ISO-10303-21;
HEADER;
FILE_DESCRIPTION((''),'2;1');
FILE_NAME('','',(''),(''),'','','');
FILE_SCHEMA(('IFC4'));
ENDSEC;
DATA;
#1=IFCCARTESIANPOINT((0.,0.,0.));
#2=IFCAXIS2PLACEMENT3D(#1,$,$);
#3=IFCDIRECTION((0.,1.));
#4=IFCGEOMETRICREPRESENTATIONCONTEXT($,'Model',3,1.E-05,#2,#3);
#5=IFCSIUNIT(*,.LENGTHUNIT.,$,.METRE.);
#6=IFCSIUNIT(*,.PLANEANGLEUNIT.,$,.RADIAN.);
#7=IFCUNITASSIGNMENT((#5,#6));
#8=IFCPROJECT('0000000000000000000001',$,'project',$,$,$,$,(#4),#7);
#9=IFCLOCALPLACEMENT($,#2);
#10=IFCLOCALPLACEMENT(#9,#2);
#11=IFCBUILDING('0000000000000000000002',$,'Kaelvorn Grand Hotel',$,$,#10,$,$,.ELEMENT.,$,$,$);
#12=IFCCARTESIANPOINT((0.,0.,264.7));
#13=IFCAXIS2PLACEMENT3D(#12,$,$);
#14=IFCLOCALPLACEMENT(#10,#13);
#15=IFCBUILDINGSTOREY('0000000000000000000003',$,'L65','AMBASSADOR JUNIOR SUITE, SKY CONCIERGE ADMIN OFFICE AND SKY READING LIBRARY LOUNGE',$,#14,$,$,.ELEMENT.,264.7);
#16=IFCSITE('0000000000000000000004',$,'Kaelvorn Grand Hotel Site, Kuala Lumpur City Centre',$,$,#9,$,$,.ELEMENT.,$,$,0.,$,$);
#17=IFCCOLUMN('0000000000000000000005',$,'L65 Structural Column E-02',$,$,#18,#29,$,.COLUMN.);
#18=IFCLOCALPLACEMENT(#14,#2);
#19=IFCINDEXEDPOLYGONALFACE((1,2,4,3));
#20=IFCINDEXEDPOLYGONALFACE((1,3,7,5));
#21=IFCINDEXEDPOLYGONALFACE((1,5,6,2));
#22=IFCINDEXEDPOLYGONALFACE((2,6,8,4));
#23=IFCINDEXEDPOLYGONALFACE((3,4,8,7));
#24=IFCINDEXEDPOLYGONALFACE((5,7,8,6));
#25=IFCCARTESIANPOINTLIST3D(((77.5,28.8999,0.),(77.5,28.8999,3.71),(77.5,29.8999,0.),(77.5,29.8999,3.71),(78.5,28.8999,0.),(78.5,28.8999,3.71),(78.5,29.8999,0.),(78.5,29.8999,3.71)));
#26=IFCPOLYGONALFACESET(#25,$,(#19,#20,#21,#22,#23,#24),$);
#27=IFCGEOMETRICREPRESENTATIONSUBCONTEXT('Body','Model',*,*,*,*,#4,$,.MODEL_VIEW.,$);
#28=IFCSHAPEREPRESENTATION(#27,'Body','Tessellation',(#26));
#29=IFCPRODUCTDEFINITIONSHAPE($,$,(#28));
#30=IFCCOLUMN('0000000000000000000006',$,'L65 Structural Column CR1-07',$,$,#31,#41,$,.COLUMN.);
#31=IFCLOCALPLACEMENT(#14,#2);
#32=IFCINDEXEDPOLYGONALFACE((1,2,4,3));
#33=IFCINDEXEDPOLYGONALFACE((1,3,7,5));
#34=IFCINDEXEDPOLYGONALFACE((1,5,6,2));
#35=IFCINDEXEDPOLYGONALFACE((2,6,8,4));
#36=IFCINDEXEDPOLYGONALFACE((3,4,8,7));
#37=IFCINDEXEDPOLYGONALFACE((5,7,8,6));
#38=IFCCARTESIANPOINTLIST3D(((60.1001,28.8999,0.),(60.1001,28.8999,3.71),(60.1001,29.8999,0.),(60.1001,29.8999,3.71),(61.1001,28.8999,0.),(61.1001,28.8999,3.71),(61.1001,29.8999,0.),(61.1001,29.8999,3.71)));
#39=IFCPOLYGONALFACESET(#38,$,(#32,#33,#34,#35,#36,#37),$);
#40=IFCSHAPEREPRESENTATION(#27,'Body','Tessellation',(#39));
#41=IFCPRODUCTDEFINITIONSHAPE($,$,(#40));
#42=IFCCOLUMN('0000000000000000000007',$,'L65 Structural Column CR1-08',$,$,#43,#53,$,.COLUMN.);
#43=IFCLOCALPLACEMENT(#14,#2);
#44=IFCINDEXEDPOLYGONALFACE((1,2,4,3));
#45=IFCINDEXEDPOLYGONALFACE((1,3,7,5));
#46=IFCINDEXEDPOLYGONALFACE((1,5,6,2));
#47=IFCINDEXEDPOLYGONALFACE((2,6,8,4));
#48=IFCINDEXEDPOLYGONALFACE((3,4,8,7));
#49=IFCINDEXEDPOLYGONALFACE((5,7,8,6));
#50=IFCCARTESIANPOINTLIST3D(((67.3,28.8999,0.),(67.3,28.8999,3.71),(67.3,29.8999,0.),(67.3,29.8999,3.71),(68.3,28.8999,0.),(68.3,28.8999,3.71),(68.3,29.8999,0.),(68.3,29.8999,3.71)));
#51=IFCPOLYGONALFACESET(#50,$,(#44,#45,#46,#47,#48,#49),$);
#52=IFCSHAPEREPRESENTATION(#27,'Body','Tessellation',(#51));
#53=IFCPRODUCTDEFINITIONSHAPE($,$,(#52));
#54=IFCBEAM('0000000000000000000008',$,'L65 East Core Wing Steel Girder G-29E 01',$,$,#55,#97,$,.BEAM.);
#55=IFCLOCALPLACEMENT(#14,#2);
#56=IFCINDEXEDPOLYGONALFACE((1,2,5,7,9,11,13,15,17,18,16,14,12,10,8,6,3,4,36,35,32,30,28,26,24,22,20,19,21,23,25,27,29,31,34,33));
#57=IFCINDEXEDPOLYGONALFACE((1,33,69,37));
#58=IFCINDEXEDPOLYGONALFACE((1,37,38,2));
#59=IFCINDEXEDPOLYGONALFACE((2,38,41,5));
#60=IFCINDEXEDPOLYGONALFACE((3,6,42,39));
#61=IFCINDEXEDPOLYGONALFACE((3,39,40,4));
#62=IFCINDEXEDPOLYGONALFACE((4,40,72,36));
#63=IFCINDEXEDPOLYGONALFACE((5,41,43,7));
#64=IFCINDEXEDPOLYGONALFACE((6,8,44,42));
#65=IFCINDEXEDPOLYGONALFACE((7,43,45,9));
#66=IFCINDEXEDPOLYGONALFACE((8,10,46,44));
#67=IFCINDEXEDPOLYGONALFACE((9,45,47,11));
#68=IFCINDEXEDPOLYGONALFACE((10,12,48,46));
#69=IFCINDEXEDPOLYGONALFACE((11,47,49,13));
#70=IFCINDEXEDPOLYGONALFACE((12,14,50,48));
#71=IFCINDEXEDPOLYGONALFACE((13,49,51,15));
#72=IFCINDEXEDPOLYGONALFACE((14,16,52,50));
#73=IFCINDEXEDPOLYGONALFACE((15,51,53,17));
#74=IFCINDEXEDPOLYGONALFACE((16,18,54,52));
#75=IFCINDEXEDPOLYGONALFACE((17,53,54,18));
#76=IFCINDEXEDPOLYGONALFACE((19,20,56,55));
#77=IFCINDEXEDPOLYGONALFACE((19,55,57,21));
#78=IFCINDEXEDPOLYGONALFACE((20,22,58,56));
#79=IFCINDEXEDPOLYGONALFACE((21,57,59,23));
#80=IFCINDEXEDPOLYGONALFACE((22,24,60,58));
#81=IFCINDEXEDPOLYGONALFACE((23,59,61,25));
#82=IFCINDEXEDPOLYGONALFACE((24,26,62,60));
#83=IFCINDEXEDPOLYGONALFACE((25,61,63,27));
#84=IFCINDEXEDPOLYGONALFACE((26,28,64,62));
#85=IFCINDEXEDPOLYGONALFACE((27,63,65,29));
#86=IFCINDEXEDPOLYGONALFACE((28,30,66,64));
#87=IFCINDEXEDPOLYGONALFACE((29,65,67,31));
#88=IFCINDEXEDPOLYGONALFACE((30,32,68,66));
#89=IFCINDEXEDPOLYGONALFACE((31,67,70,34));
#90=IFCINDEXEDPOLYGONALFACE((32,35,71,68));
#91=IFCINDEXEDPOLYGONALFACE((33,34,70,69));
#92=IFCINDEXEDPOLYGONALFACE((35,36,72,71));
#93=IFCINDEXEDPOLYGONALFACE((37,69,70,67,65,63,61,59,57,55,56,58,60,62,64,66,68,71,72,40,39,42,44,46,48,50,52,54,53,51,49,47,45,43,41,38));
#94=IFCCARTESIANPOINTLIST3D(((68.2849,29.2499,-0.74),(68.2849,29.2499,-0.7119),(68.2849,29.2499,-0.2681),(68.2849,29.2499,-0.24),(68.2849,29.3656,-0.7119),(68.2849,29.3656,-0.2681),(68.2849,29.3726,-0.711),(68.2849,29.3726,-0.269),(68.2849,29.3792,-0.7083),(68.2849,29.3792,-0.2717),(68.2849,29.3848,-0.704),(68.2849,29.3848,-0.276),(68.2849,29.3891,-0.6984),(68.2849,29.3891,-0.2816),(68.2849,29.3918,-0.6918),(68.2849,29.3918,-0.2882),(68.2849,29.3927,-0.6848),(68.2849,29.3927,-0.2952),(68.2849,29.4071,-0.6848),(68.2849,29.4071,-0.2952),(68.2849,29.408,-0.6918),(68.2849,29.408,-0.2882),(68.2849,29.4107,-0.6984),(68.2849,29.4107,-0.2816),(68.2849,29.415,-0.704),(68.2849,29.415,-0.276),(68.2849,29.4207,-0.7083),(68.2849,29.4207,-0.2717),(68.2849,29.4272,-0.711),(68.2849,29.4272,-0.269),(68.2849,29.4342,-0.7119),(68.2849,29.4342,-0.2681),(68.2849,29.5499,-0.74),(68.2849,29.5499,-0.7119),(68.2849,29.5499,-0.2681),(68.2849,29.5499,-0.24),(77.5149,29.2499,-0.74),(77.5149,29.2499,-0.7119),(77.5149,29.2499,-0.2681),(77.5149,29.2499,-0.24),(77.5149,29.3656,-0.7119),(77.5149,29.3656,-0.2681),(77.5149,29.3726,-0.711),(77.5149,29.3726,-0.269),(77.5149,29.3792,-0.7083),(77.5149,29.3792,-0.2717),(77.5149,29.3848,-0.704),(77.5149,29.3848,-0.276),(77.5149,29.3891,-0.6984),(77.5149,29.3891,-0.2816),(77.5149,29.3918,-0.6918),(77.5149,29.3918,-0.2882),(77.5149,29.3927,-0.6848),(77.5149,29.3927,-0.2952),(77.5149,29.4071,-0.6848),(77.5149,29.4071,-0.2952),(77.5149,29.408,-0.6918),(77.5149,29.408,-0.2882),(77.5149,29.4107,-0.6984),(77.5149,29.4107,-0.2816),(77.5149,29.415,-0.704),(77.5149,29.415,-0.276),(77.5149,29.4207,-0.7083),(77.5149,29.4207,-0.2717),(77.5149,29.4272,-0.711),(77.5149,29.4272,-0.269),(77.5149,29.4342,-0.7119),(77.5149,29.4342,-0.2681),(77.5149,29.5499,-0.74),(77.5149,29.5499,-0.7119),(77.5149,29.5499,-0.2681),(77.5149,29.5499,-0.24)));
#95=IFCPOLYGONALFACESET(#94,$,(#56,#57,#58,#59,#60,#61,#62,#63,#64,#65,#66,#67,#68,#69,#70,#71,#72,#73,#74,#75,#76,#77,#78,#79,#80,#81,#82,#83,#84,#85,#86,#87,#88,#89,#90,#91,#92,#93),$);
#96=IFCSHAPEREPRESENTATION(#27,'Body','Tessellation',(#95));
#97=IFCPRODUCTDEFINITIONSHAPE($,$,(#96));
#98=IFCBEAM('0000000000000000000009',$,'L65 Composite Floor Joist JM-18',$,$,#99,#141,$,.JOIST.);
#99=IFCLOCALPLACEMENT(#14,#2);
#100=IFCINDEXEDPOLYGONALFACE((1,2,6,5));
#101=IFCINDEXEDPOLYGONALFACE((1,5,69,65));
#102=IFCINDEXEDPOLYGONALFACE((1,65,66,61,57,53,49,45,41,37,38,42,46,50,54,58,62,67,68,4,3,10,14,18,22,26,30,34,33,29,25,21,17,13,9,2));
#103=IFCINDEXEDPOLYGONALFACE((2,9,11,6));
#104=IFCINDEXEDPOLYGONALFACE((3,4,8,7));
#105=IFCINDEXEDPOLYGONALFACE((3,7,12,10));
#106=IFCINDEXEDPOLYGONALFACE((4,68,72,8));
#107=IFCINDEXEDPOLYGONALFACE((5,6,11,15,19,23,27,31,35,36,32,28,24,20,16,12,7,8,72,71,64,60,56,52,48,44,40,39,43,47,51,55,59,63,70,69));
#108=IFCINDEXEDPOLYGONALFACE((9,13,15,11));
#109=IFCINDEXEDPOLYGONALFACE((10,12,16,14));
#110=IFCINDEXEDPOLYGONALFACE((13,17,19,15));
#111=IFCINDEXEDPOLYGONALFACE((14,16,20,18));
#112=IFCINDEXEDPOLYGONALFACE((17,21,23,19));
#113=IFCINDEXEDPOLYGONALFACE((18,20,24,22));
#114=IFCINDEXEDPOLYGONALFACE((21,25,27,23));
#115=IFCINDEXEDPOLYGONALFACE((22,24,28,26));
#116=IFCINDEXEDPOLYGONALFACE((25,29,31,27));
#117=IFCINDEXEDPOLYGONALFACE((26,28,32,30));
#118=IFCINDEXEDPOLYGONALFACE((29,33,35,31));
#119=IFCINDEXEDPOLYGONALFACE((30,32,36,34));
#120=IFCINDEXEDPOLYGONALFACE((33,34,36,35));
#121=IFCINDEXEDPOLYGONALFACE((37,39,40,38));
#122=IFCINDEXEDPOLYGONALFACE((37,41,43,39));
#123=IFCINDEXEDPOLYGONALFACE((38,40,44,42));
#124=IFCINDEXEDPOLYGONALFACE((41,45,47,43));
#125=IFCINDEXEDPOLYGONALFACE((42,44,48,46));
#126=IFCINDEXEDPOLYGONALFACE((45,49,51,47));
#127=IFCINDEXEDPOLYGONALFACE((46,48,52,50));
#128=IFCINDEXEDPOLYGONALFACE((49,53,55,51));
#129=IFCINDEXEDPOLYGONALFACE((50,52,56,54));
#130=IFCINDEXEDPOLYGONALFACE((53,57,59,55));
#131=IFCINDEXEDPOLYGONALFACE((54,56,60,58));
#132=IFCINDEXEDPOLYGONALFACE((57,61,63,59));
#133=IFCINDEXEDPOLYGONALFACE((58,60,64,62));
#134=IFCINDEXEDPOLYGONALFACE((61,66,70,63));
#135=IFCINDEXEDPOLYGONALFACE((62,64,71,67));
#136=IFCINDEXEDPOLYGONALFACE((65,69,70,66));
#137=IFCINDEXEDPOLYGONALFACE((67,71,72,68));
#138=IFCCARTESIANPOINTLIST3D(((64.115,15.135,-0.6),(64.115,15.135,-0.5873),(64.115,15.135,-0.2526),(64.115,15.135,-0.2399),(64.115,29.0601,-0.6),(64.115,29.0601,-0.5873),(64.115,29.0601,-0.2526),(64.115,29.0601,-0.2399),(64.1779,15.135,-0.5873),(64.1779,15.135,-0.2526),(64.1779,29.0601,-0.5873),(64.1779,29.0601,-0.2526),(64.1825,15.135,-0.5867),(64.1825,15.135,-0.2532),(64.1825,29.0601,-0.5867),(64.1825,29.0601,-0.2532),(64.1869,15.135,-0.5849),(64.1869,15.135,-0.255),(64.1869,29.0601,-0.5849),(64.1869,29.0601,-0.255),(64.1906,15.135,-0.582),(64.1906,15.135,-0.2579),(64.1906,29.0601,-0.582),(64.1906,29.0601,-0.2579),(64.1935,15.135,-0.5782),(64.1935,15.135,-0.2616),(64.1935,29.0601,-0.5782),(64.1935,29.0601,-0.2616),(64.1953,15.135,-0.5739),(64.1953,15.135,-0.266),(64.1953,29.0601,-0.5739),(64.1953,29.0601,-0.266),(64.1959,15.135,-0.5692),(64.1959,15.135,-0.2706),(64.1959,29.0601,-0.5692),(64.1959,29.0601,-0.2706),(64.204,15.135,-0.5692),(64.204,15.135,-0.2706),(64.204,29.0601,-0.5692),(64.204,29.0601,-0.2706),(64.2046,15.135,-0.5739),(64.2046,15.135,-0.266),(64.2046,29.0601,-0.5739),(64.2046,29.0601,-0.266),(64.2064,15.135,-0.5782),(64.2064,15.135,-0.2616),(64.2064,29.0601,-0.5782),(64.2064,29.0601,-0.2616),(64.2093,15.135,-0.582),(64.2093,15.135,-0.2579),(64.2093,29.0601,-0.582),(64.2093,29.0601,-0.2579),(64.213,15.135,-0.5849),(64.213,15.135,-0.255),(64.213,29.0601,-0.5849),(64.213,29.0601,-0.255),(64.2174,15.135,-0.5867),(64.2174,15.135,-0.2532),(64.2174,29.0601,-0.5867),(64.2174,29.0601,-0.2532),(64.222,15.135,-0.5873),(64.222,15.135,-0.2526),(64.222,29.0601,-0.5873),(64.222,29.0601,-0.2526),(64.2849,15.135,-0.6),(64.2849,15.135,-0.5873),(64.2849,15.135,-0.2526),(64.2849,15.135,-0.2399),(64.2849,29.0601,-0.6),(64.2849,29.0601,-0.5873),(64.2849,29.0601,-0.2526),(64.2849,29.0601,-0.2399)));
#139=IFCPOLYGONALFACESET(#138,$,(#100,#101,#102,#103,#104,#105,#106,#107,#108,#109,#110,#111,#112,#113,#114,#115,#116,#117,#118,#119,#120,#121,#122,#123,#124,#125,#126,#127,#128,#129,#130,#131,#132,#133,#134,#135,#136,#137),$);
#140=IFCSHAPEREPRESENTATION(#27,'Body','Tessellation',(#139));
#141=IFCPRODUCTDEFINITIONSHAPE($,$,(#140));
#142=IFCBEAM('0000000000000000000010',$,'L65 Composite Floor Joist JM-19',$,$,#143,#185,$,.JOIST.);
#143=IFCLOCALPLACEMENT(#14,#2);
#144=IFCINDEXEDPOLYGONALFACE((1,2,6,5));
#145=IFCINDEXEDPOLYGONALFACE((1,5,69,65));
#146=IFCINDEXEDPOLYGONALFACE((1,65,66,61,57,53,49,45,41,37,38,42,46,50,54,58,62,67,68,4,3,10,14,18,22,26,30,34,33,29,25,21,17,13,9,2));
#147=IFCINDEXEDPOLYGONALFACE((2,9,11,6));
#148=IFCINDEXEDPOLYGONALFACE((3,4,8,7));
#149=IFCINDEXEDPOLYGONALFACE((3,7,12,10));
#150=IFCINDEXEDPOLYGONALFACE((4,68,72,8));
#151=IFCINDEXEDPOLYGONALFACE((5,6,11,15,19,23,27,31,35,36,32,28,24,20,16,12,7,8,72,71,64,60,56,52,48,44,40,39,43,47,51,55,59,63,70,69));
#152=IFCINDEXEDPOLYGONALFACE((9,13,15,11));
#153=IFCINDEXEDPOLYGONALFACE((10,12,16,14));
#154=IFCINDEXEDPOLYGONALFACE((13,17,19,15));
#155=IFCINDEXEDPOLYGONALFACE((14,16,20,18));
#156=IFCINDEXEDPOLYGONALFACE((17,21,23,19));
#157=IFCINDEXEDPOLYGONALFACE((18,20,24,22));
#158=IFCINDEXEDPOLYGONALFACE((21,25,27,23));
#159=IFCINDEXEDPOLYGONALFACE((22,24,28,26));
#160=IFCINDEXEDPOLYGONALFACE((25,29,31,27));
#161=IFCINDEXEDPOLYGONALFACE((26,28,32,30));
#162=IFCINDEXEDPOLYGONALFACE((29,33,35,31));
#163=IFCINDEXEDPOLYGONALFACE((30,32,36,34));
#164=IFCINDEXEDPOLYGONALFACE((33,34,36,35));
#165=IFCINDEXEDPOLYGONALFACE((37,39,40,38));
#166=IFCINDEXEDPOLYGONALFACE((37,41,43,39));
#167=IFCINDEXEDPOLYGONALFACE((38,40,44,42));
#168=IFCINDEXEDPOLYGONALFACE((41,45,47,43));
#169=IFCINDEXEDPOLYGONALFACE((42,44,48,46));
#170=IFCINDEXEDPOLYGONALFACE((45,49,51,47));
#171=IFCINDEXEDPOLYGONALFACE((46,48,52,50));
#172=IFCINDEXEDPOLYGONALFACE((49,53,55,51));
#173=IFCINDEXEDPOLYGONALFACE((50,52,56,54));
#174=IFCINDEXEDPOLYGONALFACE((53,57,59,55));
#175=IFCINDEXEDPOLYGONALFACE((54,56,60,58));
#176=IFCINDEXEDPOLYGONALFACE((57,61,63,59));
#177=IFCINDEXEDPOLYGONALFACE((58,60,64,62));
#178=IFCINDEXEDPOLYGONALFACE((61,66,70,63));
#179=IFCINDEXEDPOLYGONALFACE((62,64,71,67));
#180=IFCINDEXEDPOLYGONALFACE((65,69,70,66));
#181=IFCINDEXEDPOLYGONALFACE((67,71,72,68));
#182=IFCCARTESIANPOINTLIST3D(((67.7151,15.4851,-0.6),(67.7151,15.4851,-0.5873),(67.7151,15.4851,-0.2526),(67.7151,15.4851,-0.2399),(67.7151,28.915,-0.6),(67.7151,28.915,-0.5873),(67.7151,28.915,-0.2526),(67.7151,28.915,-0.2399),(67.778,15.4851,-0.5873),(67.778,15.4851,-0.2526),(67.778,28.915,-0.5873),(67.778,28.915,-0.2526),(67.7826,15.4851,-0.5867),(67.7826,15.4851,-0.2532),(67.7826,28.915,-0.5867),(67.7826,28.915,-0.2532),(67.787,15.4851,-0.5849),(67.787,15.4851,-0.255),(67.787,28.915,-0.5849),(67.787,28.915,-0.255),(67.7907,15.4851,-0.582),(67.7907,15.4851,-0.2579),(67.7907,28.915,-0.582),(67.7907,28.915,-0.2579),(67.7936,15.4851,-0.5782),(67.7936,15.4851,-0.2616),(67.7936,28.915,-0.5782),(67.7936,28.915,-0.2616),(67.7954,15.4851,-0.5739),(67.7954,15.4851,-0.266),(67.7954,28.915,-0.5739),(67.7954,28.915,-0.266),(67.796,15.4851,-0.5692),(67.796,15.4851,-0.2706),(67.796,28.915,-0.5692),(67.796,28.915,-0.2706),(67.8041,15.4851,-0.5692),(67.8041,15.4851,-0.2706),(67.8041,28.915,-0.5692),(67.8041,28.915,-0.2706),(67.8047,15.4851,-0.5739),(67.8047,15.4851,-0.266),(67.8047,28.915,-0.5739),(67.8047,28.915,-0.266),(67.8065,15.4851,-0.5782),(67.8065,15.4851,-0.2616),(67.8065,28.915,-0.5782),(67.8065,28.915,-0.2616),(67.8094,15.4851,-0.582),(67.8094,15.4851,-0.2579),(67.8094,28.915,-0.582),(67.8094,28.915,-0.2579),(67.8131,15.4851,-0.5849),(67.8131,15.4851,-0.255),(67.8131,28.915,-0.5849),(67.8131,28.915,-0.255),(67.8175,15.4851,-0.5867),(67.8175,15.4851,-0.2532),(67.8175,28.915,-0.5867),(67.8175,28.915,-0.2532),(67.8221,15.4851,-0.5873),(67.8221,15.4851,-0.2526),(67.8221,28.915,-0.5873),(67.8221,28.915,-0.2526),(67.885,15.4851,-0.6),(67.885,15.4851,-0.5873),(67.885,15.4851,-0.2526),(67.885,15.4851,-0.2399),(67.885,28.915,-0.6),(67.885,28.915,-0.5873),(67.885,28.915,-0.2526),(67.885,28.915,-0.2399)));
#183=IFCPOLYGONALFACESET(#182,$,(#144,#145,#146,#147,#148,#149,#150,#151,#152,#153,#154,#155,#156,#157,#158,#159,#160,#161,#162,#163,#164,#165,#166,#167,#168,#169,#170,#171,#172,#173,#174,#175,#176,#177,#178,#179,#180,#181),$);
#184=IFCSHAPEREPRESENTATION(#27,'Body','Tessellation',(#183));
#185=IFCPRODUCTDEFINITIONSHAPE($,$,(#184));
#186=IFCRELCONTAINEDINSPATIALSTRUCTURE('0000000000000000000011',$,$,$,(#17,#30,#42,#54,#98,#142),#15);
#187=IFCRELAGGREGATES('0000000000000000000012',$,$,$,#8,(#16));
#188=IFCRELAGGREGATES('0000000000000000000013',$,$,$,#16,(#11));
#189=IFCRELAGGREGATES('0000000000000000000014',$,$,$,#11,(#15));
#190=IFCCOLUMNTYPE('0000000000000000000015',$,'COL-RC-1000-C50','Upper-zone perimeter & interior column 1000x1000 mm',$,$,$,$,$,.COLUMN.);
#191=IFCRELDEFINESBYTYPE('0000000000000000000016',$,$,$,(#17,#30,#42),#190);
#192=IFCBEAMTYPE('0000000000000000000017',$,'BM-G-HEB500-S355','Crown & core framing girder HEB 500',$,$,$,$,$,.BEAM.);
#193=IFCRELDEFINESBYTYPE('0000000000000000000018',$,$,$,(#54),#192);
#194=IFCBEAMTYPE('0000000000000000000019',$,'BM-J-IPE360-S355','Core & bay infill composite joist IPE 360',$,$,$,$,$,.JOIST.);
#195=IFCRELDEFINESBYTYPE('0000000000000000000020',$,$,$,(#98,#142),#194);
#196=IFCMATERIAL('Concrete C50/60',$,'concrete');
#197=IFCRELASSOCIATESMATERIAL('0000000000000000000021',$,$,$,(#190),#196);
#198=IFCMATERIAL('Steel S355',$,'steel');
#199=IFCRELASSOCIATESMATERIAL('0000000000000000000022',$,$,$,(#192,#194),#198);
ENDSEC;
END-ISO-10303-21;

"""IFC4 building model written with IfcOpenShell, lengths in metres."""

from ifc_helpers import new_model, si_unit, direction, frame, origin, origin_2d, place, context, subcontext, project, spatial, rectangle, i_section, extrude, material, material_profile, profile_set, type_object, element, save


model = new_model("IFC4")

# Units and contexts
model_context = context("Model", 3, precision=1e-05, world=origin(), true_north=direction((0.0, 1.0)))
body_context = subcontext(model_context, "Body", "Model", "MODEL_VIEW")
ifc_project = project(units=[si_unit("LENGTHUNIT", "METRE"), si_unit("PLANEANGLEUNIT", "RADIAN")], contexts=[model_context])

# Site, building, storey
site_placement = place(None, origin())
site = spatial("IfcSite", under=ifc_project, at=site_placement, Name="Kaelvorn Grand Hotel Site, Kuala Lumpur City Centre", CompositionType="ELEMENT", RefElevation=0.0)
building_placement = place(site_placement, origin())
building = spatial("IfcBuilding", under=site, at=building_placement, Name="Kaelvorn Grand Hotel", CompositionType="ELEMENT")
storey_placement = place(building_placement, frame((0.0, 0.0, 264.7)))
storey = spatial("IfcBuildingStorey", under=building, at=storey_placement, Name="L65", Description="AMBASSADOR JUNIOR SUITE, SKY CONCIERGE ADMIN OFFICE AND SKY READING LIBRARY LOUNGE", CompositionType="ELEMENT", Elevation=264.7)

# Columns
ifc_material_1 = material(Name="Concrete C50/60", Category="concrete")
ifc_material_profile_1 = material_profile(ifc_material_1, rectangle(XDim=1.0, YDim=1.0, at=origin_2d()), Name="RC COL 1000x1000")
ifc_profile_set_1 = profile_set([ifc_material_profile_1], Name="Concrete C50/60")
column_type = type_object("IfcColumnType", Name="COL-RC-1000-C50", Description="Upper-zone perimeter & interior column 1000x1000 mm", PredefinedType="COLUMN", material=ifc_profile_set_1)
for number, where, z_axis, x_axis, name in (
    (1, (78.0, 29.3999, 0.0), (0.0, 0.0, 1.0), (1.0, 0.0, 0.0), "L65 Structural Column E-02"),
    (2, (60.6001, 29.3999, 0.0), (0.0, 0.0, 1.0), (1.0, 0.0, 0.0), "L65 Structural Column CR1-07"),
    (3, (67.8, 29.3999, 0.0), (0.0, 0.0, 1.0), (1.0, 0.0, 0.0), "L65 Structural Column CR1-08"),
):
    element("IfcColumn", number, at=place(storey_placement, frame(where, z_axis=z_axis, x_axis=x_axis)), inside=storey, type_object=column_type, Name=name, PredefinedType="COLUMN", context=body_context, shape_type="SweptSolid", body=[
        extrude(rectangle(XDim=1.0, YDim=1.0, at=origin_2d()), origin(), (0.0, 0.0, 1.0), 3.71),
    ])

# Beams
ifc_material_2 = material(Name="Steel S355", Category="steel")
ifc_material_profile_2 = material_profile(ifc_material_2, i_section(OverallWidth=0.3, OverallDepth=0.5, WebThickness=0.0144, FlangeThickness=0.0281, FilletRadius=0.0271, at=origin_2d()), Name="HEB 500")
ifc_profile_set_2 = profile_set([ifc_material_profile_2], Name="Steel S355")
beam_type_1 = type_object("IfcBeamType", Name="BM-G-HEB500-S355", Description="Crown & core framing girder HEB 500", PredefinedType="BEAM", material=ifc_profile_set_2)
beam_1_placement = place(storey_placement, frame((68.2849, 29.3999, -0.49), z_axis=(1.0, 0.0, 0.0), x_axis=(0.0, 1.0, 0.0)))
element("IfcBeam", 4, at=beam_1_placement, inside=storey, type_object=beam_type_1, Name="L65 East Core Wing Steel Girder G-29E 01", PredefinedType="BEAM", context=body_context, shape_type="SweptSolid", body=[
    extrude(i_section(OverallWidth=0.3, OverallDepth=0.5, WebThickness=0.0144, FlangeThickness=0.0281, FilletRadius=0.0271, at=origin_2d()), origin(), (0.0, 0.0, 1.0), 9.23),
])
ifc_material_profile_3 = material_profile(ifc_material_2, i_section(OverallWidth=0.1699, OverallDepth=0.3601, WebThickness=0.0081, FlangeThickness=0.0127, FilletRadius=0.0181, at=origin_2d()), Name="IPE 360")
ifc_profile_set_3 = profile_set([ifc_material_profile_3], Name="Steel S355")
beam_type_2 = type_object("IfcBeamType", Name="BM-J-IPE360-S355", Description="Core & bay infill composite joist IPE 360", PredefinedType="JOIST", material=ifc_profile_set_3)
beam_2_placement = place(storey_placement, frame((64.2, 15.135, -0.4199), z_axis=(0.0, 1.0, 0.0), x_axis=(-1.0, 0.0, 0.0)))
element("IfcBeam", 5, at=beam_2_placement, inside=storey, type_object=beam_type_2, Name="L65 Composite Floor Joist JM-18", PredefinedType="JOIST", context=body_context, shape_type="SweptSolid", body=[
    extrude(i_section(OverallWidth=0.1699, OverallDepth=0.3601, WebThickness=0.0081, FlangeThickness=0.0127, FilletRadius=0.0181, at=origin_2d()), origin(), (0.0, 0.0, 1.0), 13.925),
])
beam_3_placement = place(storey_placement, frame((67.8, 15.4851, -0.4199), z_axis=(0.0, 1.0, 0.0), x_axis=(-1.0, 0.0, 0.0)))
element("IfcBeam", 6, at=beam_3_placement, inside=storey, type_object=beam_type_2, Name="L65 Composite Floor Joist JM-19", PredefinedType="JOIST", context=body_context, shape_type="SweptSolid", body=[
    extrude(i_section(OverallWidth=0.1699, OverallDepth=0.3601, WebThickness=0.0081, FlangeThickness=0.0127, FilletRadius=0.0181, at=origin_2d()), origin(), (0.0, 0.0, 1.0), 13.4299),
])

save(model, "model.ifc")
